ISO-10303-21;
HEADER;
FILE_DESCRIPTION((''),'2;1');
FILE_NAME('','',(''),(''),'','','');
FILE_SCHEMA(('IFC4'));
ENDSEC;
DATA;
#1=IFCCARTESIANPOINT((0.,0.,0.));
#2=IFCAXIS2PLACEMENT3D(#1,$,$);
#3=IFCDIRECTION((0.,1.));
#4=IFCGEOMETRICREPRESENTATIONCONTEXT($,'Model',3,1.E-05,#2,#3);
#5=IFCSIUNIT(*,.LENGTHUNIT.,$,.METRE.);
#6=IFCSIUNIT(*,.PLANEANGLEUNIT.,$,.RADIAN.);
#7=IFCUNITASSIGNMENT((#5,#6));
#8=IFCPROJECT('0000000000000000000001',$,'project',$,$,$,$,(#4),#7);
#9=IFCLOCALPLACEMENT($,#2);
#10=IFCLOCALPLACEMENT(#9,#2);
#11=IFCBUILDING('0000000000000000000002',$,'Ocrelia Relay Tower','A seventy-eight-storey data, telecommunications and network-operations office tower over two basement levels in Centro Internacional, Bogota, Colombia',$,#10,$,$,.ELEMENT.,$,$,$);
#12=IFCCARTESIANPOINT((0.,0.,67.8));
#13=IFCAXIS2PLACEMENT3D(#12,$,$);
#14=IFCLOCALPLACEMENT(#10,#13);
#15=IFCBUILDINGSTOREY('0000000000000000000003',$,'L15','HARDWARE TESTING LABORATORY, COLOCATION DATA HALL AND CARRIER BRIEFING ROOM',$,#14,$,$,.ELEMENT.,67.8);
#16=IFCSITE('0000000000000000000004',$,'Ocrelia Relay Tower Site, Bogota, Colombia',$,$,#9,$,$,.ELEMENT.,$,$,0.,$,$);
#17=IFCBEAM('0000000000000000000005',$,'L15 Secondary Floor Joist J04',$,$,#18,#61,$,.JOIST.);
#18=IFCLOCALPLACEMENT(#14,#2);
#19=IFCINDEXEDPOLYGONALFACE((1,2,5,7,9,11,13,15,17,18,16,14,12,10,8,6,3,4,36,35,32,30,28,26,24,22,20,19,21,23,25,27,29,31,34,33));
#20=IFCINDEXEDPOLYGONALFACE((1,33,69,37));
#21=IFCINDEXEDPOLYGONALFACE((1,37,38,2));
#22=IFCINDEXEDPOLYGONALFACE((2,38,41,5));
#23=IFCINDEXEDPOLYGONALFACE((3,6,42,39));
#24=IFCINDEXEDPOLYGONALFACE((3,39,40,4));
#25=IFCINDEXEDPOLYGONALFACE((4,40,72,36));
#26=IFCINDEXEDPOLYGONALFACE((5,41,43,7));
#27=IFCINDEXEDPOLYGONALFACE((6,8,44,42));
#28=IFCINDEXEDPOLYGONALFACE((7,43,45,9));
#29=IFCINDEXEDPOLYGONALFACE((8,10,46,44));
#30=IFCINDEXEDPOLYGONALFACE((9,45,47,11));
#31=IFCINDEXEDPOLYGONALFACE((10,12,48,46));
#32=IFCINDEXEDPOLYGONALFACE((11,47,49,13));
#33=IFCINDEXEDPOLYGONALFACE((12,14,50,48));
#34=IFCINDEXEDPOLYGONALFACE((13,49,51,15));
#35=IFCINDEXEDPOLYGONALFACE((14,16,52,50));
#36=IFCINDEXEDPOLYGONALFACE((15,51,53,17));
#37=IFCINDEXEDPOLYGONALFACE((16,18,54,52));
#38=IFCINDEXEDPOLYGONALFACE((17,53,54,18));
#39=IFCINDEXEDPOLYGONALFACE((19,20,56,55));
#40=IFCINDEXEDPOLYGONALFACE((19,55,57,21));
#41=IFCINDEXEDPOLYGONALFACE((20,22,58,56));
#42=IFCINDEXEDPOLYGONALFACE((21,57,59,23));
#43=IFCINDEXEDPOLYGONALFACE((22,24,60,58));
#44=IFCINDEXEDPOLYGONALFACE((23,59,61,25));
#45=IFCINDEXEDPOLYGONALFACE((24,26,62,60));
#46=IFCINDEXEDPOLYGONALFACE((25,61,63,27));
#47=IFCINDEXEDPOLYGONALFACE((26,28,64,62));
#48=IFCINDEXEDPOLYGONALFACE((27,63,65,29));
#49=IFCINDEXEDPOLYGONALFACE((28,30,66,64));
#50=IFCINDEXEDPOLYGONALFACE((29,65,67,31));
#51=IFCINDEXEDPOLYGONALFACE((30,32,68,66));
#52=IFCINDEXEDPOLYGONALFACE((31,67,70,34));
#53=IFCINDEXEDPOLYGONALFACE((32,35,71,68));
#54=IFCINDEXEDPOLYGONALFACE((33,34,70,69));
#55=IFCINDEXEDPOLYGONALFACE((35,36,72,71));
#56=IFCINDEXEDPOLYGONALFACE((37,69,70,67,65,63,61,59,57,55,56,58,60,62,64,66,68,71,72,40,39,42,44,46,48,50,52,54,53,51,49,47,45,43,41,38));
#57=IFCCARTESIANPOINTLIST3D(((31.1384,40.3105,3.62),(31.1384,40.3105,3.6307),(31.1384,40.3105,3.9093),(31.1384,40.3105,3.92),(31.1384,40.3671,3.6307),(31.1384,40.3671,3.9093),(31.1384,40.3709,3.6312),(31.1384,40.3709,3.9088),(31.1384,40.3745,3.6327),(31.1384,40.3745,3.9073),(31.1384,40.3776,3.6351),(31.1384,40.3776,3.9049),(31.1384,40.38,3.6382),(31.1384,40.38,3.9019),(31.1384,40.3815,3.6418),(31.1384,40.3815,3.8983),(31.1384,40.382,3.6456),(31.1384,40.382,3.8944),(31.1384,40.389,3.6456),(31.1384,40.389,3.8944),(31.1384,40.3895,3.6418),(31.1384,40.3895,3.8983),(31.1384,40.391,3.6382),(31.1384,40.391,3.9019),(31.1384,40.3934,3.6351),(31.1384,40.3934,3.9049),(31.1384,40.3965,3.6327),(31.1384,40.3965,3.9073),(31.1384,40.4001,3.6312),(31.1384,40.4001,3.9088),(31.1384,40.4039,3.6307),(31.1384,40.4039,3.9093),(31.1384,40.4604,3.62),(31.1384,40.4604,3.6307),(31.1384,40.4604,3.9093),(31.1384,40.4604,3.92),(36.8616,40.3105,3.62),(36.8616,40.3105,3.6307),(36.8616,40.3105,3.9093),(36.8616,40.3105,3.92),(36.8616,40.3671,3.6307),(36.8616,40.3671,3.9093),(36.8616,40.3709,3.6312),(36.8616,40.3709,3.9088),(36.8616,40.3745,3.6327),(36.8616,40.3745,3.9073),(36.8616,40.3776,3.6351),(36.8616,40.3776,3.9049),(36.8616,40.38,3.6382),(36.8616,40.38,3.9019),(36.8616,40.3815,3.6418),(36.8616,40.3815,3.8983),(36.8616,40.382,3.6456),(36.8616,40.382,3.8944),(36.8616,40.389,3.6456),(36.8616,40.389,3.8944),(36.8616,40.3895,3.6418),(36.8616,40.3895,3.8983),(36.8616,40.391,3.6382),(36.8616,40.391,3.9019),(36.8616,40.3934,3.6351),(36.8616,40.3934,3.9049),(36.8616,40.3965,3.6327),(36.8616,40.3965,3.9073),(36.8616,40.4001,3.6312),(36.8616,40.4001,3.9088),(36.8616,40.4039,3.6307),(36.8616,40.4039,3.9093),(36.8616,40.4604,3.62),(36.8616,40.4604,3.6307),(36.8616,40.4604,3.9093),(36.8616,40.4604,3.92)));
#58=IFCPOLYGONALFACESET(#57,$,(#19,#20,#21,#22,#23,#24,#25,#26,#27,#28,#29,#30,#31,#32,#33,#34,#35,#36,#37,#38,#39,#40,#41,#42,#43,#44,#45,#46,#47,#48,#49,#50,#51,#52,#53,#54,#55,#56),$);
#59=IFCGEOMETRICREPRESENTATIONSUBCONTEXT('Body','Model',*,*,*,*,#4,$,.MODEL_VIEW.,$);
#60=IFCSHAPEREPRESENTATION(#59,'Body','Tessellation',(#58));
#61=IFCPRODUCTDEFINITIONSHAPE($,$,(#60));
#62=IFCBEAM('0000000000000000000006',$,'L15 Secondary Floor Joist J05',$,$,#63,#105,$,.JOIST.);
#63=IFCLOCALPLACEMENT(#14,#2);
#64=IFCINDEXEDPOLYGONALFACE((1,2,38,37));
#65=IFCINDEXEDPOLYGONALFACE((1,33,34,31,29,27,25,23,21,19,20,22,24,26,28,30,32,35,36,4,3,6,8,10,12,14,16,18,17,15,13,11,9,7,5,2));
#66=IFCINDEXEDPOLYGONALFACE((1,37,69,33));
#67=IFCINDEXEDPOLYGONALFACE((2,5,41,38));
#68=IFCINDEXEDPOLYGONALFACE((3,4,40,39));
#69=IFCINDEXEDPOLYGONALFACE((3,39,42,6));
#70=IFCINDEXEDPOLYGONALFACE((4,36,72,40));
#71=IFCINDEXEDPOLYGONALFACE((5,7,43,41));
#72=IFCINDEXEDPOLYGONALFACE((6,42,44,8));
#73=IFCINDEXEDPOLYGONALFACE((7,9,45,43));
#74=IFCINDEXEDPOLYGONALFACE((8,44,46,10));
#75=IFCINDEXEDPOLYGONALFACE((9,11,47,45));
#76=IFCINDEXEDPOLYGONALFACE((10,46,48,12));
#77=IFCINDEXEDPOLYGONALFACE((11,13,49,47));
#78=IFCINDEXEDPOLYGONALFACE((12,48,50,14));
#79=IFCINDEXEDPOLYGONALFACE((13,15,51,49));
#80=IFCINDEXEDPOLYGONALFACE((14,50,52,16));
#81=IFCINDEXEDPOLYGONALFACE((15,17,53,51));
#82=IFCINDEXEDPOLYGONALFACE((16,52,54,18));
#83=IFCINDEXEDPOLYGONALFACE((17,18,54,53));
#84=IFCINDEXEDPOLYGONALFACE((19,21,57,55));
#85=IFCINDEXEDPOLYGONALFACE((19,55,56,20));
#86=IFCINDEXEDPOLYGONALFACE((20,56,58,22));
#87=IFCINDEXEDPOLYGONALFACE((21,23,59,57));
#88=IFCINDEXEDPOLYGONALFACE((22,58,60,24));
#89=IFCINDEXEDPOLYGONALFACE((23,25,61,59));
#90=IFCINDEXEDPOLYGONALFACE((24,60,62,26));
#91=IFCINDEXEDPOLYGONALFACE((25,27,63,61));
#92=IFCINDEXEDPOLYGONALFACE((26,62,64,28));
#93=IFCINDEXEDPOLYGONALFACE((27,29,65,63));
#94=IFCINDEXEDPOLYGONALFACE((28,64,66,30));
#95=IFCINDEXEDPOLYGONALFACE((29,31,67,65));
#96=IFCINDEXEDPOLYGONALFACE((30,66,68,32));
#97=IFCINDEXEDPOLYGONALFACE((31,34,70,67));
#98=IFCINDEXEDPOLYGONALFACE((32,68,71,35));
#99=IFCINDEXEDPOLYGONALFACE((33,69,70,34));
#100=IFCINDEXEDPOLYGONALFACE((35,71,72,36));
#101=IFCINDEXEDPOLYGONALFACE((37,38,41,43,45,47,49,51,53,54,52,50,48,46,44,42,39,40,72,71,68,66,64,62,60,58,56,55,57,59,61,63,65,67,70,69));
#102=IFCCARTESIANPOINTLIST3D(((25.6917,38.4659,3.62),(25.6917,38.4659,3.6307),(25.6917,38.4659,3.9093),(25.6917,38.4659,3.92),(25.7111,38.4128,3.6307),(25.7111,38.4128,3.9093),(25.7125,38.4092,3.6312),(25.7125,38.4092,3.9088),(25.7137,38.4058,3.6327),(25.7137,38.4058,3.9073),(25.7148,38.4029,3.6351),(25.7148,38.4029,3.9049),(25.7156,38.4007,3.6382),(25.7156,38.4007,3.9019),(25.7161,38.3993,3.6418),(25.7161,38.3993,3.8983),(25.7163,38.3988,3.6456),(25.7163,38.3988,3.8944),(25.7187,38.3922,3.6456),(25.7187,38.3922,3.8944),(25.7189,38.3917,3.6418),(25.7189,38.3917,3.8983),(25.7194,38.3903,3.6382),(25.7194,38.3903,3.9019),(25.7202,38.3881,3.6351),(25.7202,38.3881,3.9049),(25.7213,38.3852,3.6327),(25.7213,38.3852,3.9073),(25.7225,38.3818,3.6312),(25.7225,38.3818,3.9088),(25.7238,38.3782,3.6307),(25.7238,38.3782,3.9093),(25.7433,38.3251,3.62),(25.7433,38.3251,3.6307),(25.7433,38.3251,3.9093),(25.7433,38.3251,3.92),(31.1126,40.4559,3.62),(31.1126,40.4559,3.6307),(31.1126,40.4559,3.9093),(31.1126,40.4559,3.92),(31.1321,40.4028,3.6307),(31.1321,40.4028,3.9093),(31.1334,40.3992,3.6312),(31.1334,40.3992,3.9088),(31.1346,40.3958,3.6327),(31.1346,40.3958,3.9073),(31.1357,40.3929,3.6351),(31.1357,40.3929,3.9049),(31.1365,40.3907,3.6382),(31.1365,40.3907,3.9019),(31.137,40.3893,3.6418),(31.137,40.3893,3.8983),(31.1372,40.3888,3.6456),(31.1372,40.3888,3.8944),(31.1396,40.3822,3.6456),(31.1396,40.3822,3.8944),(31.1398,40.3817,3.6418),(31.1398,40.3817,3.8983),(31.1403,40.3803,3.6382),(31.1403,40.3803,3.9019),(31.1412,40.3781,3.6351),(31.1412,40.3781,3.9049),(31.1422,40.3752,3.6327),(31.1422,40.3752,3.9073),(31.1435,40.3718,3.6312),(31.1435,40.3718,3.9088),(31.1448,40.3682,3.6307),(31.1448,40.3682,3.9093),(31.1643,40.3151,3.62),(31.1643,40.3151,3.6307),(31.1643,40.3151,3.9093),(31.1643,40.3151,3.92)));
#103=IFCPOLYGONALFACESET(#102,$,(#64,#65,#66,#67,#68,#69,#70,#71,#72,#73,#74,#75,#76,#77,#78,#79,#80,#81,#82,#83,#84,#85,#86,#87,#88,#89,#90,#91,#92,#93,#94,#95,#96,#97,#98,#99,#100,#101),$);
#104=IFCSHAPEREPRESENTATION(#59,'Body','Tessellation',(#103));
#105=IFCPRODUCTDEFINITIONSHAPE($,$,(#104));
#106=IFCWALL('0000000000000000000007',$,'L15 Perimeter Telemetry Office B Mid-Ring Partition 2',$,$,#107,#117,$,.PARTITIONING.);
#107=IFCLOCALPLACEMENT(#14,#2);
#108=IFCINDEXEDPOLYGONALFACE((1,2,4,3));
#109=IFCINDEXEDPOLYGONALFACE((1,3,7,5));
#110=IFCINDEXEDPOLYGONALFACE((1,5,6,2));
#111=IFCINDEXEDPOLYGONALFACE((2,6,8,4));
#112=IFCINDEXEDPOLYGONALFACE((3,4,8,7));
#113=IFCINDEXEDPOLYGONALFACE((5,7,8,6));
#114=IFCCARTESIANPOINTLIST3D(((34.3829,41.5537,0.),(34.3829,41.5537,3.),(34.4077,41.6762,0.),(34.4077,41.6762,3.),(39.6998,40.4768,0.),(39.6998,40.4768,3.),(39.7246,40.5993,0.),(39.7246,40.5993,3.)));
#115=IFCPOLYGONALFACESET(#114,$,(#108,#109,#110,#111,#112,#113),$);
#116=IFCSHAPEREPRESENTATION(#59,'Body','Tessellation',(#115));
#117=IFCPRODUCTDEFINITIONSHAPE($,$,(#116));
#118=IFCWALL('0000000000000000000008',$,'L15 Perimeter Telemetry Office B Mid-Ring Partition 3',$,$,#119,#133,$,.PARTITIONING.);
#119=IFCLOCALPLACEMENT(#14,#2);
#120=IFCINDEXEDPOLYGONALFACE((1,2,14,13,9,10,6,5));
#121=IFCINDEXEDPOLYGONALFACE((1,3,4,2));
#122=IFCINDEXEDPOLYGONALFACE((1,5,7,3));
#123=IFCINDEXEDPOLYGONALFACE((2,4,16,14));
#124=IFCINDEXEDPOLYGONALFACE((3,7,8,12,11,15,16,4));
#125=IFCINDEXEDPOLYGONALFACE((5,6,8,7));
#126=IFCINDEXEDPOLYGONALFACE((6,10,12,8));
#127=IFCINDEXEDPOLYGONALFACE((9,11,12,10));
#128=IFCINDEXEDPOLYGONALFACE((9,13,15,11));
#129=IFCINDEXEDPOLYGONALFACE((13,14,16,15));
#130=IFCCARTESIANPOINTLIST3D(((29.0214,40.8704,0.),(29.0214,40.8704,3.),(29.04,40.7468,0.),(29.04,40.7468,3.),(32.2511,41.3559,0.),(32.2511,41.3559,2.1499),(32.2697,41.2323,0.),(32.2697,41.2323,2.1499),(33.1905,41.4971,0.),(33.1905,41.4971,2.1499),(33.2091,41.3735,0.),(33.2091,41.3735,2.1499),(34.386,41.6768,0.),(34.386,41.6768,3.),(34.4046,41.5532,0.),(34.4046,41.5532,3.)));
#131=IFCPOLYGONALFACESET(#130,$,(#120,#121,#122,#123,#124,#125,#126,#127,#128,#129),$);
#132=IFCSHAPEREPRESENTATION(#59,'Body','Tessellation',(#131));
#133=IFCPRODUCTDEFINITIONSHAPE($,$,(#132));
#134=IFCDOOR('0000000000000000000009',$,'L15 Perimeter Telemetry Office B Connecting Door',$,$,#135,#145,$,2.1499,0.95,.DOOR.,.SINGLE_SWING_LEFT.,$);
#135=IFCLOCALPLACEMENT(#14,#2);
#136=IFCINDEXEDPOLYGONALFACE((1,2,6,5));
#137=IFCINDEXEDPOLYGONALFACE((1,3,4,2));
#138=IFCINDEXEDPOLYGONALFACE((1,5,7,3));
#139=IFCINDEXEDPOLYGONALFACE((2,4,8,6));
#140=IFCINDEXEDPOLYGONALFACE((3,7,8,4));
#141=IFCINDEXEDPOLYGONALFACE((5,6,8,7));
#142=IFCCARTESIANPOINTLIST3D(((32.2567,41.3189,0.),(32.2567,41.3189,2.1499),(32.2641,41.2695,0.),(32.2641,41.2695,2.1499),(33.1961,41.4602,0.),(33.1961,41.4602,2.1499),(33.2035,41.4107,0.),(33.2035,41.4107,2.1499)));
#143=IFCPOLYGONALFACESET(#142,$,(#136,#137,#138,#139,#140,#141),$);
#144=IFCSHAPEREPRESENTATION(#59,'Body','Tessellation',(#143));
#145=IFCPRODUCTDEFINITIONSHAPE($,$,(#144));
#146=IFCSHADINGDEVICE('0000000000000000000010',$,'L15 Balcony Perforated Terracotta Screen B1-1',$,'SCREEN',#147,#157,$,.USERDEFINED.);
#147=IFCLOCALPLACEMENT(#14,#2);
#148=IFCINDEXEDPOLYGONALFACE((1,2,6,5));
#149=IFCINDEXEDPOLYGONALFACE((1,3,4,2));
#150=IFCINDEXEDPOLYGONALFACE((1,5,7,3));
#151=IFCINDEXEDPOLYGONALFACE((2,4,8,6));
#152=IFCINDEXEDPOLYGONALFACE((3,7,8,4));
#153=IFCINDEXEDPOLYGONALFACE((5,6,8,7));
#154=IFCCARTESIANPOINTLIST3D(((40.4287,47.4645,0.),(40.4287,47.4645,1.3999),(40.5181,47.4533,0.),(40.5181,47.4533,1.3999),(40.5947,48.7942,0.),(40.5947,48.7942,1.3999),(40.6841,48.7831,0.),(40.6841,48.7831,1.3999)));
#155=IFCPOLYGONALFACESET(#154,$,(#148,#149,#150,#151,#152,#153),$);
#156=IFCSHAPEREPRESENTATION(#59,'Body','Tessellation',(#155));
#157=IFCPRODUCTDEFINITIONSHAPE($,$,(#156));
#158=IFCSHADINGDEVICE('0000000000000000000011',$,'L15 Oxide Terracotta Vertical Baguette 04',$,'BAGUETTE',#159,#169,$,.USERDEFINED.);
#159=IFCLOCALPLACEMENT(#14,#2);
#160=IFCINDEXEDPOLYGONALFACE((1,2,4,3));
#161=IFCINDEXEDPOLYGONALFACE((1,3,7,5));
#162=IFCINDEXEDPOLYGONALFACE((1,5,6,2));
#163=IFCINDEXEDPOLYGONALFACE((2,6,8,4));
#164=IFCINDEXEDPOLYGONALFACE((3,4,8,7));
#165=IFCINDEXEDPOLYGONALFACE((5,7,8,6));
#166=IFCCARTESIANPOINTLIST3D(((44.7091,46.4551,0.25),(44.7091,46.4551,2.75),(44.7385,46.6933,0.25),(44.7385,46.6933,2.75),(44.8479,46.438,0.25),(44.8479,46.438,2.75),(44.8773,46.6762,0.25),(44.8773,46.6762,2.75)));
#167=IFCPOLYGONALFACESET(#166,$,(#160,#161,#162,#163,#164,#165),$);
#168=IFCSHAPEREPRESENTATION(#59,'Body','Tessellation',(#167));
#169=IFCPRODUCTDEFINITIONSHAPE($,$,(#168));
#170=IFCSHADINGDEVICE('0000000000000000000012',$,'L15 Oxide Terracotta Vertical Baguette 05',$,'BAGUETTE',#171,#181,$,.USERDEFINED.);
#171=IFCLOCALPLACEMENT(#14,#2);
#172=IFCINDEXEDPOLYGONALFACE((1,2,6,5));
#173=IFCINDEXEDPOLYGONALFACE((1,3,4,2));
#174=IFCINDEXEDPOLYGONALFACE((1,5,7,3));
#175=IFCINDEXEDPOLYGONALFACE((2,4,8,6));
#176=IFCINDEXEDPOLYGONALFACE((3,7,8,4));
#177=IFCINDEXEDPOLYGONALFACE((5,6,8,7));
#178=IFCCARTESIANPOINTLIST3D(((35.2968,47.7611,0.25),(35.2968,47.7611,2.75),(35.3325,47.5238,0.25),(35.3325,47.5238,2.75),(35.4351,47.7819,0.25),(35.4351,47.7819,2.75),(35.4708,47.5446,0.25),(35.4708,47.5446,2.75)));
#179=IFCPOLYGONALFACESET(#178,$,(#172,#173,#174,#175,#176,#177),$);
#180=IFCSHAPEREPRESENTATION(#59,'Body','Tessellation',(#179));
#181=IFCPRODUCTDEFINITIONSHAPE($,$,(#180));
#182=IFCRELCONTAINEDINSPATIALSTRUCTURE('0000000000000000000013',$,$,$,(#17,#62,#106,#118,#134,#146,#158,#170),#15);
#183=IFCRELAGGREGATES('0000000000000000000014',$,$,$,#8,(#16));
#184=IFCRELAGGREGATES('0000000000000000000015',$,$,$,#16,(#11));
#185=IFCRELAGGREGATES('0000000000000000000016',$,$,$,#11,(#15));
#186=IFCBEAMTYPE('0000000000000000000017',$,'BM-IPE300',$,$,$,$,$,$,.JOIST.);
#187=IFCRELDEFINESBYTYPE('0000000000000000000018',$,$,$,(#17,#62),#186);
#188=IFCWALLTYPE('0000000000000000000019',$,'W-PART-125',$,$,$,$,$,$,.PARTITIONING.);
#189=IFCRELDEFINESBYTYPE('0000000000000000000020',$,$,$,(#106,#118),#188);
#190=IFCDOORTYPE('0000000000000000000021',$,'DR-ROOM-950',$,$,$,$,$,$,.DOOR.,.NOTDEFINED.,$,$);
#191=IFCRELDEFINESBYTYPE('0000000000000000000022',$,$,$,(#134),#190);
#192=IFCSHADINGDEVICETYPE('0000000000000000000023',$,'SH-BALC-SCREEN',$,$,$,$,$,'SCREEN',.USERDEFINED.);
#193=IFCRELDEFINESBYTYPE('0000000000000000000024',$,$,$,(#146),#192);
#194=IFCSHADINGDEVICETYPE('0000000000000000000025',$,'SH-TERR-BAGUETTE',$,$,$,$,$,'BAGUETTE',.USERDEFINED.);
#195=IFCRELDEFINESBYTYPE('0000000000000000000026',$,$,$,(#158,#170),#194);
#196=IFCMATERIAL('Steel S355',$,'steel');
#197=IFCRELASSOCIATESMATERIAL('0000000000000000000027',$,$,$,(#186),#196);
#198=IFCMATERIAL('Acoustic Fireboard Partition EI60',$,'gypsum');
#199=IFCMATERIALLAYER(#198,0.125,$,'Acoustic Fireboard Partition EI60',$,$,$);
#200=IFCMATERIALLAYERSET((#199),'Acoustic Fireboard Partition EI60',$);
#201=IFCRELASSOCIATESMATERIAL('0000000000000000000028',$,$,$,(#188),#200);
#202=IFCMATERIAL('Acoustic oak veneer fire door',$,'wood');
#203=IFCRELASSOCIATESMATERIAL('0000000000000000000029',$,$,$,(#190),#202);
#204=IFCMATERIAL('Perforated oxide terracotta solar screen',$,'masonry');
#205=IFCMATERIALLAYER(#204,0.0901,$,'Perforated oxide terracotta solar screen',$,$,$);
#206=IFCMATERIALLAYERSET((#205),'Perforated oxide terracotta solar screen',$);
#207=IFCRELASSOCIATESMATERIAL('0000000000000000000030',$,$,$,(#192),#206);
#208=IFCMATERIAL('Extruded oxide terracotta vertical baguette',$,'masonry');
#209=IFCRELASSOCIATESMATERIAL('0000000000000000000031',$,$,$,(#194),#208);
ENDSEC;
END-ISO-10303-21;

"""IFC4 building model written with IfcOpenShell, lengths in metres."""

from ifc_helpers import new_model, si_unit, direction, frame, frame_2d, origin, origin_2d, place, context, subcontext, project, spatial, rectangle, i_section, extrude, material, layer, layer_set, material_profile, profile_set, type_object, element, fill, save


model = new_model("IFC4")

# Units and contexts
model_context = context("Model", 3, precision=1e-05, world=origin(), true_north=direction((0.0, 1.0)))
body_context = subcontext(model_context, "Body", "Model", "MODEL_VIEW")
ifc_project = project(units=[si_unit("LENGTHUNIT", "METRE"), si_unit("PLANEANGLEUNIT", "RADIAN")], contexts=[model_context])

# Site, building, storey
site_placement = place(None, origin())
site = spatial("IfcSite", under=ifc_project, at=site_placement, Name="Ocrelia Relay Tower Site, Bogota, Colombia", CompositionType="ELEMENT", RefElevation=0.0)
building_placement = place(site_placement, origin())
building = spatial("IfcBuilding", under=site, at=building_placement, Name="Ocrelia Relay Tower", Description="A seventy-eight-storey data, telecommunications and network-operations office tower over two basement levels in Centro Internacional, Bogota, Colombia", CompositionType="ELEMENT")
storey_placement = place(building_placement, frame((0.0, 0.0, 67.8)))
storey = spatial("IfcBuildingStorey", under=building, at=storey_placement, Name="L15", Description="HARDWARE TESTING LABORATORY, COLOCATION DATA HALL AND CARRIER BRIEFING ROOM", CompositionType="ELEMENT", Elevation=67.8)

# Beams
ifc_material_1 = material(Name="Steel S355", Category="steel")
ifc_material_profile_1 = material_profile(ifc_material_1, i_section(OverallWidth=0.1499, OverallDepth=0.3, WebThickness=0.0071, FlangeThickness=0.0107, FilletRadius=0.0149, at=origin_2d()), Name="IPE 300")
ifc_profile_set_1 = profile_set([ifc_material_profile_1], Name="Steel S355")
beam_type_1 = type_object("IfcBeamType", Name="BM-IPE300", PredefinedType="JOIST", material=ifc_profile_set_1)
beam_1_placement = place(storey_placement, frame((36.8616, 40.3855, 3.77), z_axis=(-1.0, 0.0, 0.0), x_axis=(0.0, -1.0, 0.0)))
element("IfcBeam", 1, at=beam_1_placement, inside=storey, type_object=beam_type_1, Name="L15 Secondary Floor Joist J04", PredefinedType="JOIST", context=body_context, shape_type="SweptSolid", body=[
    extrude(i_section(OverallWidth=0.1499, OverallDepth=0.3, WebThickness=0.0071, FlangeThickness=0.0107, FilletRadius=0.0149, at=origin_2d()), origin(), (0.0, 0.0, 1.0), 5.7231),
])
beam_2_placement = place(storey_placement, frame((31.1384, 40.3855, 3.77), z_axis=(-0.938746, -0.34461, 0.0), x_axis=(0.34461, -0.938746, 0.0)))
element("IfcBeam", 2, at=beam_2_placement, inside=storey, type_object=beam_type_1, Name="L15 Secondary Floor Joist J05", PredefinedType="JOIST", context=body_context, shape_type="SweptSolid", body=[
    extrude(i_section(OverallWidth=0.1499, OverallDepth=0.3, WebThickness=0.0071, FlangeThickness=0.0107, FilletRadius=0.0149, at=origin_2d()), origin(), (0.0, 0.0, 1.0), 5.7747),
])

# Wall
ifc_material_2 = material(Name="Acoustic Fireboard Partition EI60", Category="gypsum")
ifc_layer_1 = layer(ifc_material_2, 0.125, Name="Acoustic Fireboard Partition EI60")
ifc_layer_set_1 = layer_set([ifc_layer_1], Name="Acoustic Fireboard Partition EI60")
wall_type_1 = type_object("IfcWallType", Name="W-PART-125", PredefinedType="PARTITIONING", material=ifc_layer_set_1)
wall_1_placement = place(storey_placement, frame((39.7122, 40.5381, 0.0), z_axis=(0.0, 0.0, 1.0), x_axis=(-0.980098, 0.198513, 0.0)))
element("IfcWall", 3, at=wall_1_placement, inside=storey, type_object=wall_type_1, Name="L15 Perimeter Telemetry Office B Mid-Ring Partition 2", PredefinedType="PARTITIONING", context=body_context, shape_type="SweptSolid", body=[
    extrude(rectangle(XDim=5.4248, YDim=0.125, at=frame_2d((2.7124, 0.0))), origin(), (0.0, 0.0, 1.0), 3.0),
])

# Wall, opening, door
wall_2_placement = place(storey_placement, frame((34.3953, 41.615, 0.0), z_axis=(0.0, 0.0, 1.0), x_axis=(-0.98889, -0.148651, 0.0)))
wall_2 = element("IfcWall", 4, at=wall_2_placement, inside=storey, type_object=wall_type_1, Name="L15 Perimeter Telemetry Office B Mid-Ring Partition 3", PredefinedType="PARTITIONING", context=body_context, shape_type="SweptSolid", body=[
    extrude(rectangle(XDim=5.4248, YDim=0.125, at=frame_2d((2.7124, 0.0))), origin(), (0.0, 0.0, 1.0), 3.0),
])
opening_1_placement = place(wall_2_placement, frame((1.2087, 0.0, 0.0)))
opening_1 = element("IfcOpeningElement", 5, at=opening_1_placement, cuts=wall_2, PredefinedType="OPENING", context=body_context, shape_type="SweptSolid", body=[
    extrude(rectangle(XDim=0.95, YDim=2.1499, at=frame_2d((0.4751, 1.075))), frame((0.0, 0.0725, 0.0), z_axis=(0.0, -1.0, 0.0), x_axis=(1.0, 0.0, 0.0)), (0.0, 0.0, 1.0), 0.145),
])
ifc_material_3 = material(Name="Acoustic oak veneer fire door", Category="wood")
door_type_1 = type_object("IfcDoorType", Name="DR-ROOM-950", OperationType="NOTDEFINED", PredefinedType="DOOR", material=ifc_material_3)
door_1_placement = place(opening_1_placement, origin())
door_1 = element("IfcDoor", 6, at=door_1_placement, inside=storey, type_object=door_type_1, Name="L15 Perimeter Telemetry Office B Connecting Door", OperationType="SINGLE_SWING_LEFT", OverallHeight=2.1499, OverallWidth=0.95, PredefinedType="DOOR", context=body_context, shape_type="SweptSolid", body=[
    extrude(rectangle(XDim=0.95, YDim=2.1499, at=frame_2d((0.4751, 1.075))), frame((0.0, 0.0249, 0.0), z_axis=(0.0, -1.0, 0.0), x_axis=(1.0, 0.0, 0.0)), (0.0, 0.0, 1.0), 0.05),
])
fill(opening_1, door_1)

# Shading devices
ifc_material_4 = material(Name="Perforated oxide terracotta solar screen", Category="masonry")
ifc_layer_2 = layer(ifc_material_4, 0.0901, Name="Perforated oxide terracotta solar screen")
ifc_layer_set_2 = layer_set([ifc_layer_2], Name="Perforated oxide terracotta solar screen")
shading_device_type_1 = type_object("IfcShadingDeviceType", Name="SH-BALC-SCREEN", ElementType="SCREEN", PredefinedType="USERDEFINED", material=ifc_layer_set_2)
shading_device_1_placement = place(storey_placement, frame((40.5564, 48.1238, 0.0), z_axis=(0.0, 0.0, 1.0), x_axis=(0.123858, 0.9923, 0.0)))
element("IfcShadingDevice", 7, at=shading_device_1_placement, inside=storey, type_object=shading_device_type_1, Name="L15 Balcony Perforated Terracotta Screen B1-1", ObjectType="SCREEN", PredefinedType="USERDEFINED", context=body_context, shape_type="SweptSolid", body=[
    extrude(rectangle(XDim=1.3401, YDim=0.0901, at=origin_2d()), origin(), (0.0, 0.0, 1.0), 1.3999),
])
ifc_material_5 = material(Name="Extruded oxide terracotta vertical baguette", Category="masonry")
shading_device_type_2 = type_object("IfcShadingDeviceType", Name="SH-TERR-BAGUETTE", ElementType="BAGUETTE", PredefinedType="USERDEFINED", material=ifc_material_5)
for number, where, z_axis, x_axis, name in (
    (8, (44.7932, 46.5657, 0.25), (0.0, 0.0, 1.0), (-0.992478, 0.122426, 0.0), "L15 Oxide Terracotta Vertical Baguette 04"),
    (9, (35.3838, 47.6528, 0.25), (0.0, 0.0, 1.0), (-0.988887, -0.148671, 0.0), "L15 Oxide Terracotta Vertical Baguette 05"),
):
    element("IfcShadingDevice", number, at=place(storey_placement, frame(where, z_axis=z_axis, x_axis=x_axis)), inside=storey, type_object=shading_device_type_2, Name=name, ObjectType="BAGUETTE", PredefinedType="USERDEFINED", context=body_context, shape_type="SweptSolid", body=[
        extrude(rectangle(XDim=0.1399, YDim=0.24, at=origin_2d()), origin(), (0.0, 0.0, 1.0), 2.5),
    ])

save(model, "model.ifc")
